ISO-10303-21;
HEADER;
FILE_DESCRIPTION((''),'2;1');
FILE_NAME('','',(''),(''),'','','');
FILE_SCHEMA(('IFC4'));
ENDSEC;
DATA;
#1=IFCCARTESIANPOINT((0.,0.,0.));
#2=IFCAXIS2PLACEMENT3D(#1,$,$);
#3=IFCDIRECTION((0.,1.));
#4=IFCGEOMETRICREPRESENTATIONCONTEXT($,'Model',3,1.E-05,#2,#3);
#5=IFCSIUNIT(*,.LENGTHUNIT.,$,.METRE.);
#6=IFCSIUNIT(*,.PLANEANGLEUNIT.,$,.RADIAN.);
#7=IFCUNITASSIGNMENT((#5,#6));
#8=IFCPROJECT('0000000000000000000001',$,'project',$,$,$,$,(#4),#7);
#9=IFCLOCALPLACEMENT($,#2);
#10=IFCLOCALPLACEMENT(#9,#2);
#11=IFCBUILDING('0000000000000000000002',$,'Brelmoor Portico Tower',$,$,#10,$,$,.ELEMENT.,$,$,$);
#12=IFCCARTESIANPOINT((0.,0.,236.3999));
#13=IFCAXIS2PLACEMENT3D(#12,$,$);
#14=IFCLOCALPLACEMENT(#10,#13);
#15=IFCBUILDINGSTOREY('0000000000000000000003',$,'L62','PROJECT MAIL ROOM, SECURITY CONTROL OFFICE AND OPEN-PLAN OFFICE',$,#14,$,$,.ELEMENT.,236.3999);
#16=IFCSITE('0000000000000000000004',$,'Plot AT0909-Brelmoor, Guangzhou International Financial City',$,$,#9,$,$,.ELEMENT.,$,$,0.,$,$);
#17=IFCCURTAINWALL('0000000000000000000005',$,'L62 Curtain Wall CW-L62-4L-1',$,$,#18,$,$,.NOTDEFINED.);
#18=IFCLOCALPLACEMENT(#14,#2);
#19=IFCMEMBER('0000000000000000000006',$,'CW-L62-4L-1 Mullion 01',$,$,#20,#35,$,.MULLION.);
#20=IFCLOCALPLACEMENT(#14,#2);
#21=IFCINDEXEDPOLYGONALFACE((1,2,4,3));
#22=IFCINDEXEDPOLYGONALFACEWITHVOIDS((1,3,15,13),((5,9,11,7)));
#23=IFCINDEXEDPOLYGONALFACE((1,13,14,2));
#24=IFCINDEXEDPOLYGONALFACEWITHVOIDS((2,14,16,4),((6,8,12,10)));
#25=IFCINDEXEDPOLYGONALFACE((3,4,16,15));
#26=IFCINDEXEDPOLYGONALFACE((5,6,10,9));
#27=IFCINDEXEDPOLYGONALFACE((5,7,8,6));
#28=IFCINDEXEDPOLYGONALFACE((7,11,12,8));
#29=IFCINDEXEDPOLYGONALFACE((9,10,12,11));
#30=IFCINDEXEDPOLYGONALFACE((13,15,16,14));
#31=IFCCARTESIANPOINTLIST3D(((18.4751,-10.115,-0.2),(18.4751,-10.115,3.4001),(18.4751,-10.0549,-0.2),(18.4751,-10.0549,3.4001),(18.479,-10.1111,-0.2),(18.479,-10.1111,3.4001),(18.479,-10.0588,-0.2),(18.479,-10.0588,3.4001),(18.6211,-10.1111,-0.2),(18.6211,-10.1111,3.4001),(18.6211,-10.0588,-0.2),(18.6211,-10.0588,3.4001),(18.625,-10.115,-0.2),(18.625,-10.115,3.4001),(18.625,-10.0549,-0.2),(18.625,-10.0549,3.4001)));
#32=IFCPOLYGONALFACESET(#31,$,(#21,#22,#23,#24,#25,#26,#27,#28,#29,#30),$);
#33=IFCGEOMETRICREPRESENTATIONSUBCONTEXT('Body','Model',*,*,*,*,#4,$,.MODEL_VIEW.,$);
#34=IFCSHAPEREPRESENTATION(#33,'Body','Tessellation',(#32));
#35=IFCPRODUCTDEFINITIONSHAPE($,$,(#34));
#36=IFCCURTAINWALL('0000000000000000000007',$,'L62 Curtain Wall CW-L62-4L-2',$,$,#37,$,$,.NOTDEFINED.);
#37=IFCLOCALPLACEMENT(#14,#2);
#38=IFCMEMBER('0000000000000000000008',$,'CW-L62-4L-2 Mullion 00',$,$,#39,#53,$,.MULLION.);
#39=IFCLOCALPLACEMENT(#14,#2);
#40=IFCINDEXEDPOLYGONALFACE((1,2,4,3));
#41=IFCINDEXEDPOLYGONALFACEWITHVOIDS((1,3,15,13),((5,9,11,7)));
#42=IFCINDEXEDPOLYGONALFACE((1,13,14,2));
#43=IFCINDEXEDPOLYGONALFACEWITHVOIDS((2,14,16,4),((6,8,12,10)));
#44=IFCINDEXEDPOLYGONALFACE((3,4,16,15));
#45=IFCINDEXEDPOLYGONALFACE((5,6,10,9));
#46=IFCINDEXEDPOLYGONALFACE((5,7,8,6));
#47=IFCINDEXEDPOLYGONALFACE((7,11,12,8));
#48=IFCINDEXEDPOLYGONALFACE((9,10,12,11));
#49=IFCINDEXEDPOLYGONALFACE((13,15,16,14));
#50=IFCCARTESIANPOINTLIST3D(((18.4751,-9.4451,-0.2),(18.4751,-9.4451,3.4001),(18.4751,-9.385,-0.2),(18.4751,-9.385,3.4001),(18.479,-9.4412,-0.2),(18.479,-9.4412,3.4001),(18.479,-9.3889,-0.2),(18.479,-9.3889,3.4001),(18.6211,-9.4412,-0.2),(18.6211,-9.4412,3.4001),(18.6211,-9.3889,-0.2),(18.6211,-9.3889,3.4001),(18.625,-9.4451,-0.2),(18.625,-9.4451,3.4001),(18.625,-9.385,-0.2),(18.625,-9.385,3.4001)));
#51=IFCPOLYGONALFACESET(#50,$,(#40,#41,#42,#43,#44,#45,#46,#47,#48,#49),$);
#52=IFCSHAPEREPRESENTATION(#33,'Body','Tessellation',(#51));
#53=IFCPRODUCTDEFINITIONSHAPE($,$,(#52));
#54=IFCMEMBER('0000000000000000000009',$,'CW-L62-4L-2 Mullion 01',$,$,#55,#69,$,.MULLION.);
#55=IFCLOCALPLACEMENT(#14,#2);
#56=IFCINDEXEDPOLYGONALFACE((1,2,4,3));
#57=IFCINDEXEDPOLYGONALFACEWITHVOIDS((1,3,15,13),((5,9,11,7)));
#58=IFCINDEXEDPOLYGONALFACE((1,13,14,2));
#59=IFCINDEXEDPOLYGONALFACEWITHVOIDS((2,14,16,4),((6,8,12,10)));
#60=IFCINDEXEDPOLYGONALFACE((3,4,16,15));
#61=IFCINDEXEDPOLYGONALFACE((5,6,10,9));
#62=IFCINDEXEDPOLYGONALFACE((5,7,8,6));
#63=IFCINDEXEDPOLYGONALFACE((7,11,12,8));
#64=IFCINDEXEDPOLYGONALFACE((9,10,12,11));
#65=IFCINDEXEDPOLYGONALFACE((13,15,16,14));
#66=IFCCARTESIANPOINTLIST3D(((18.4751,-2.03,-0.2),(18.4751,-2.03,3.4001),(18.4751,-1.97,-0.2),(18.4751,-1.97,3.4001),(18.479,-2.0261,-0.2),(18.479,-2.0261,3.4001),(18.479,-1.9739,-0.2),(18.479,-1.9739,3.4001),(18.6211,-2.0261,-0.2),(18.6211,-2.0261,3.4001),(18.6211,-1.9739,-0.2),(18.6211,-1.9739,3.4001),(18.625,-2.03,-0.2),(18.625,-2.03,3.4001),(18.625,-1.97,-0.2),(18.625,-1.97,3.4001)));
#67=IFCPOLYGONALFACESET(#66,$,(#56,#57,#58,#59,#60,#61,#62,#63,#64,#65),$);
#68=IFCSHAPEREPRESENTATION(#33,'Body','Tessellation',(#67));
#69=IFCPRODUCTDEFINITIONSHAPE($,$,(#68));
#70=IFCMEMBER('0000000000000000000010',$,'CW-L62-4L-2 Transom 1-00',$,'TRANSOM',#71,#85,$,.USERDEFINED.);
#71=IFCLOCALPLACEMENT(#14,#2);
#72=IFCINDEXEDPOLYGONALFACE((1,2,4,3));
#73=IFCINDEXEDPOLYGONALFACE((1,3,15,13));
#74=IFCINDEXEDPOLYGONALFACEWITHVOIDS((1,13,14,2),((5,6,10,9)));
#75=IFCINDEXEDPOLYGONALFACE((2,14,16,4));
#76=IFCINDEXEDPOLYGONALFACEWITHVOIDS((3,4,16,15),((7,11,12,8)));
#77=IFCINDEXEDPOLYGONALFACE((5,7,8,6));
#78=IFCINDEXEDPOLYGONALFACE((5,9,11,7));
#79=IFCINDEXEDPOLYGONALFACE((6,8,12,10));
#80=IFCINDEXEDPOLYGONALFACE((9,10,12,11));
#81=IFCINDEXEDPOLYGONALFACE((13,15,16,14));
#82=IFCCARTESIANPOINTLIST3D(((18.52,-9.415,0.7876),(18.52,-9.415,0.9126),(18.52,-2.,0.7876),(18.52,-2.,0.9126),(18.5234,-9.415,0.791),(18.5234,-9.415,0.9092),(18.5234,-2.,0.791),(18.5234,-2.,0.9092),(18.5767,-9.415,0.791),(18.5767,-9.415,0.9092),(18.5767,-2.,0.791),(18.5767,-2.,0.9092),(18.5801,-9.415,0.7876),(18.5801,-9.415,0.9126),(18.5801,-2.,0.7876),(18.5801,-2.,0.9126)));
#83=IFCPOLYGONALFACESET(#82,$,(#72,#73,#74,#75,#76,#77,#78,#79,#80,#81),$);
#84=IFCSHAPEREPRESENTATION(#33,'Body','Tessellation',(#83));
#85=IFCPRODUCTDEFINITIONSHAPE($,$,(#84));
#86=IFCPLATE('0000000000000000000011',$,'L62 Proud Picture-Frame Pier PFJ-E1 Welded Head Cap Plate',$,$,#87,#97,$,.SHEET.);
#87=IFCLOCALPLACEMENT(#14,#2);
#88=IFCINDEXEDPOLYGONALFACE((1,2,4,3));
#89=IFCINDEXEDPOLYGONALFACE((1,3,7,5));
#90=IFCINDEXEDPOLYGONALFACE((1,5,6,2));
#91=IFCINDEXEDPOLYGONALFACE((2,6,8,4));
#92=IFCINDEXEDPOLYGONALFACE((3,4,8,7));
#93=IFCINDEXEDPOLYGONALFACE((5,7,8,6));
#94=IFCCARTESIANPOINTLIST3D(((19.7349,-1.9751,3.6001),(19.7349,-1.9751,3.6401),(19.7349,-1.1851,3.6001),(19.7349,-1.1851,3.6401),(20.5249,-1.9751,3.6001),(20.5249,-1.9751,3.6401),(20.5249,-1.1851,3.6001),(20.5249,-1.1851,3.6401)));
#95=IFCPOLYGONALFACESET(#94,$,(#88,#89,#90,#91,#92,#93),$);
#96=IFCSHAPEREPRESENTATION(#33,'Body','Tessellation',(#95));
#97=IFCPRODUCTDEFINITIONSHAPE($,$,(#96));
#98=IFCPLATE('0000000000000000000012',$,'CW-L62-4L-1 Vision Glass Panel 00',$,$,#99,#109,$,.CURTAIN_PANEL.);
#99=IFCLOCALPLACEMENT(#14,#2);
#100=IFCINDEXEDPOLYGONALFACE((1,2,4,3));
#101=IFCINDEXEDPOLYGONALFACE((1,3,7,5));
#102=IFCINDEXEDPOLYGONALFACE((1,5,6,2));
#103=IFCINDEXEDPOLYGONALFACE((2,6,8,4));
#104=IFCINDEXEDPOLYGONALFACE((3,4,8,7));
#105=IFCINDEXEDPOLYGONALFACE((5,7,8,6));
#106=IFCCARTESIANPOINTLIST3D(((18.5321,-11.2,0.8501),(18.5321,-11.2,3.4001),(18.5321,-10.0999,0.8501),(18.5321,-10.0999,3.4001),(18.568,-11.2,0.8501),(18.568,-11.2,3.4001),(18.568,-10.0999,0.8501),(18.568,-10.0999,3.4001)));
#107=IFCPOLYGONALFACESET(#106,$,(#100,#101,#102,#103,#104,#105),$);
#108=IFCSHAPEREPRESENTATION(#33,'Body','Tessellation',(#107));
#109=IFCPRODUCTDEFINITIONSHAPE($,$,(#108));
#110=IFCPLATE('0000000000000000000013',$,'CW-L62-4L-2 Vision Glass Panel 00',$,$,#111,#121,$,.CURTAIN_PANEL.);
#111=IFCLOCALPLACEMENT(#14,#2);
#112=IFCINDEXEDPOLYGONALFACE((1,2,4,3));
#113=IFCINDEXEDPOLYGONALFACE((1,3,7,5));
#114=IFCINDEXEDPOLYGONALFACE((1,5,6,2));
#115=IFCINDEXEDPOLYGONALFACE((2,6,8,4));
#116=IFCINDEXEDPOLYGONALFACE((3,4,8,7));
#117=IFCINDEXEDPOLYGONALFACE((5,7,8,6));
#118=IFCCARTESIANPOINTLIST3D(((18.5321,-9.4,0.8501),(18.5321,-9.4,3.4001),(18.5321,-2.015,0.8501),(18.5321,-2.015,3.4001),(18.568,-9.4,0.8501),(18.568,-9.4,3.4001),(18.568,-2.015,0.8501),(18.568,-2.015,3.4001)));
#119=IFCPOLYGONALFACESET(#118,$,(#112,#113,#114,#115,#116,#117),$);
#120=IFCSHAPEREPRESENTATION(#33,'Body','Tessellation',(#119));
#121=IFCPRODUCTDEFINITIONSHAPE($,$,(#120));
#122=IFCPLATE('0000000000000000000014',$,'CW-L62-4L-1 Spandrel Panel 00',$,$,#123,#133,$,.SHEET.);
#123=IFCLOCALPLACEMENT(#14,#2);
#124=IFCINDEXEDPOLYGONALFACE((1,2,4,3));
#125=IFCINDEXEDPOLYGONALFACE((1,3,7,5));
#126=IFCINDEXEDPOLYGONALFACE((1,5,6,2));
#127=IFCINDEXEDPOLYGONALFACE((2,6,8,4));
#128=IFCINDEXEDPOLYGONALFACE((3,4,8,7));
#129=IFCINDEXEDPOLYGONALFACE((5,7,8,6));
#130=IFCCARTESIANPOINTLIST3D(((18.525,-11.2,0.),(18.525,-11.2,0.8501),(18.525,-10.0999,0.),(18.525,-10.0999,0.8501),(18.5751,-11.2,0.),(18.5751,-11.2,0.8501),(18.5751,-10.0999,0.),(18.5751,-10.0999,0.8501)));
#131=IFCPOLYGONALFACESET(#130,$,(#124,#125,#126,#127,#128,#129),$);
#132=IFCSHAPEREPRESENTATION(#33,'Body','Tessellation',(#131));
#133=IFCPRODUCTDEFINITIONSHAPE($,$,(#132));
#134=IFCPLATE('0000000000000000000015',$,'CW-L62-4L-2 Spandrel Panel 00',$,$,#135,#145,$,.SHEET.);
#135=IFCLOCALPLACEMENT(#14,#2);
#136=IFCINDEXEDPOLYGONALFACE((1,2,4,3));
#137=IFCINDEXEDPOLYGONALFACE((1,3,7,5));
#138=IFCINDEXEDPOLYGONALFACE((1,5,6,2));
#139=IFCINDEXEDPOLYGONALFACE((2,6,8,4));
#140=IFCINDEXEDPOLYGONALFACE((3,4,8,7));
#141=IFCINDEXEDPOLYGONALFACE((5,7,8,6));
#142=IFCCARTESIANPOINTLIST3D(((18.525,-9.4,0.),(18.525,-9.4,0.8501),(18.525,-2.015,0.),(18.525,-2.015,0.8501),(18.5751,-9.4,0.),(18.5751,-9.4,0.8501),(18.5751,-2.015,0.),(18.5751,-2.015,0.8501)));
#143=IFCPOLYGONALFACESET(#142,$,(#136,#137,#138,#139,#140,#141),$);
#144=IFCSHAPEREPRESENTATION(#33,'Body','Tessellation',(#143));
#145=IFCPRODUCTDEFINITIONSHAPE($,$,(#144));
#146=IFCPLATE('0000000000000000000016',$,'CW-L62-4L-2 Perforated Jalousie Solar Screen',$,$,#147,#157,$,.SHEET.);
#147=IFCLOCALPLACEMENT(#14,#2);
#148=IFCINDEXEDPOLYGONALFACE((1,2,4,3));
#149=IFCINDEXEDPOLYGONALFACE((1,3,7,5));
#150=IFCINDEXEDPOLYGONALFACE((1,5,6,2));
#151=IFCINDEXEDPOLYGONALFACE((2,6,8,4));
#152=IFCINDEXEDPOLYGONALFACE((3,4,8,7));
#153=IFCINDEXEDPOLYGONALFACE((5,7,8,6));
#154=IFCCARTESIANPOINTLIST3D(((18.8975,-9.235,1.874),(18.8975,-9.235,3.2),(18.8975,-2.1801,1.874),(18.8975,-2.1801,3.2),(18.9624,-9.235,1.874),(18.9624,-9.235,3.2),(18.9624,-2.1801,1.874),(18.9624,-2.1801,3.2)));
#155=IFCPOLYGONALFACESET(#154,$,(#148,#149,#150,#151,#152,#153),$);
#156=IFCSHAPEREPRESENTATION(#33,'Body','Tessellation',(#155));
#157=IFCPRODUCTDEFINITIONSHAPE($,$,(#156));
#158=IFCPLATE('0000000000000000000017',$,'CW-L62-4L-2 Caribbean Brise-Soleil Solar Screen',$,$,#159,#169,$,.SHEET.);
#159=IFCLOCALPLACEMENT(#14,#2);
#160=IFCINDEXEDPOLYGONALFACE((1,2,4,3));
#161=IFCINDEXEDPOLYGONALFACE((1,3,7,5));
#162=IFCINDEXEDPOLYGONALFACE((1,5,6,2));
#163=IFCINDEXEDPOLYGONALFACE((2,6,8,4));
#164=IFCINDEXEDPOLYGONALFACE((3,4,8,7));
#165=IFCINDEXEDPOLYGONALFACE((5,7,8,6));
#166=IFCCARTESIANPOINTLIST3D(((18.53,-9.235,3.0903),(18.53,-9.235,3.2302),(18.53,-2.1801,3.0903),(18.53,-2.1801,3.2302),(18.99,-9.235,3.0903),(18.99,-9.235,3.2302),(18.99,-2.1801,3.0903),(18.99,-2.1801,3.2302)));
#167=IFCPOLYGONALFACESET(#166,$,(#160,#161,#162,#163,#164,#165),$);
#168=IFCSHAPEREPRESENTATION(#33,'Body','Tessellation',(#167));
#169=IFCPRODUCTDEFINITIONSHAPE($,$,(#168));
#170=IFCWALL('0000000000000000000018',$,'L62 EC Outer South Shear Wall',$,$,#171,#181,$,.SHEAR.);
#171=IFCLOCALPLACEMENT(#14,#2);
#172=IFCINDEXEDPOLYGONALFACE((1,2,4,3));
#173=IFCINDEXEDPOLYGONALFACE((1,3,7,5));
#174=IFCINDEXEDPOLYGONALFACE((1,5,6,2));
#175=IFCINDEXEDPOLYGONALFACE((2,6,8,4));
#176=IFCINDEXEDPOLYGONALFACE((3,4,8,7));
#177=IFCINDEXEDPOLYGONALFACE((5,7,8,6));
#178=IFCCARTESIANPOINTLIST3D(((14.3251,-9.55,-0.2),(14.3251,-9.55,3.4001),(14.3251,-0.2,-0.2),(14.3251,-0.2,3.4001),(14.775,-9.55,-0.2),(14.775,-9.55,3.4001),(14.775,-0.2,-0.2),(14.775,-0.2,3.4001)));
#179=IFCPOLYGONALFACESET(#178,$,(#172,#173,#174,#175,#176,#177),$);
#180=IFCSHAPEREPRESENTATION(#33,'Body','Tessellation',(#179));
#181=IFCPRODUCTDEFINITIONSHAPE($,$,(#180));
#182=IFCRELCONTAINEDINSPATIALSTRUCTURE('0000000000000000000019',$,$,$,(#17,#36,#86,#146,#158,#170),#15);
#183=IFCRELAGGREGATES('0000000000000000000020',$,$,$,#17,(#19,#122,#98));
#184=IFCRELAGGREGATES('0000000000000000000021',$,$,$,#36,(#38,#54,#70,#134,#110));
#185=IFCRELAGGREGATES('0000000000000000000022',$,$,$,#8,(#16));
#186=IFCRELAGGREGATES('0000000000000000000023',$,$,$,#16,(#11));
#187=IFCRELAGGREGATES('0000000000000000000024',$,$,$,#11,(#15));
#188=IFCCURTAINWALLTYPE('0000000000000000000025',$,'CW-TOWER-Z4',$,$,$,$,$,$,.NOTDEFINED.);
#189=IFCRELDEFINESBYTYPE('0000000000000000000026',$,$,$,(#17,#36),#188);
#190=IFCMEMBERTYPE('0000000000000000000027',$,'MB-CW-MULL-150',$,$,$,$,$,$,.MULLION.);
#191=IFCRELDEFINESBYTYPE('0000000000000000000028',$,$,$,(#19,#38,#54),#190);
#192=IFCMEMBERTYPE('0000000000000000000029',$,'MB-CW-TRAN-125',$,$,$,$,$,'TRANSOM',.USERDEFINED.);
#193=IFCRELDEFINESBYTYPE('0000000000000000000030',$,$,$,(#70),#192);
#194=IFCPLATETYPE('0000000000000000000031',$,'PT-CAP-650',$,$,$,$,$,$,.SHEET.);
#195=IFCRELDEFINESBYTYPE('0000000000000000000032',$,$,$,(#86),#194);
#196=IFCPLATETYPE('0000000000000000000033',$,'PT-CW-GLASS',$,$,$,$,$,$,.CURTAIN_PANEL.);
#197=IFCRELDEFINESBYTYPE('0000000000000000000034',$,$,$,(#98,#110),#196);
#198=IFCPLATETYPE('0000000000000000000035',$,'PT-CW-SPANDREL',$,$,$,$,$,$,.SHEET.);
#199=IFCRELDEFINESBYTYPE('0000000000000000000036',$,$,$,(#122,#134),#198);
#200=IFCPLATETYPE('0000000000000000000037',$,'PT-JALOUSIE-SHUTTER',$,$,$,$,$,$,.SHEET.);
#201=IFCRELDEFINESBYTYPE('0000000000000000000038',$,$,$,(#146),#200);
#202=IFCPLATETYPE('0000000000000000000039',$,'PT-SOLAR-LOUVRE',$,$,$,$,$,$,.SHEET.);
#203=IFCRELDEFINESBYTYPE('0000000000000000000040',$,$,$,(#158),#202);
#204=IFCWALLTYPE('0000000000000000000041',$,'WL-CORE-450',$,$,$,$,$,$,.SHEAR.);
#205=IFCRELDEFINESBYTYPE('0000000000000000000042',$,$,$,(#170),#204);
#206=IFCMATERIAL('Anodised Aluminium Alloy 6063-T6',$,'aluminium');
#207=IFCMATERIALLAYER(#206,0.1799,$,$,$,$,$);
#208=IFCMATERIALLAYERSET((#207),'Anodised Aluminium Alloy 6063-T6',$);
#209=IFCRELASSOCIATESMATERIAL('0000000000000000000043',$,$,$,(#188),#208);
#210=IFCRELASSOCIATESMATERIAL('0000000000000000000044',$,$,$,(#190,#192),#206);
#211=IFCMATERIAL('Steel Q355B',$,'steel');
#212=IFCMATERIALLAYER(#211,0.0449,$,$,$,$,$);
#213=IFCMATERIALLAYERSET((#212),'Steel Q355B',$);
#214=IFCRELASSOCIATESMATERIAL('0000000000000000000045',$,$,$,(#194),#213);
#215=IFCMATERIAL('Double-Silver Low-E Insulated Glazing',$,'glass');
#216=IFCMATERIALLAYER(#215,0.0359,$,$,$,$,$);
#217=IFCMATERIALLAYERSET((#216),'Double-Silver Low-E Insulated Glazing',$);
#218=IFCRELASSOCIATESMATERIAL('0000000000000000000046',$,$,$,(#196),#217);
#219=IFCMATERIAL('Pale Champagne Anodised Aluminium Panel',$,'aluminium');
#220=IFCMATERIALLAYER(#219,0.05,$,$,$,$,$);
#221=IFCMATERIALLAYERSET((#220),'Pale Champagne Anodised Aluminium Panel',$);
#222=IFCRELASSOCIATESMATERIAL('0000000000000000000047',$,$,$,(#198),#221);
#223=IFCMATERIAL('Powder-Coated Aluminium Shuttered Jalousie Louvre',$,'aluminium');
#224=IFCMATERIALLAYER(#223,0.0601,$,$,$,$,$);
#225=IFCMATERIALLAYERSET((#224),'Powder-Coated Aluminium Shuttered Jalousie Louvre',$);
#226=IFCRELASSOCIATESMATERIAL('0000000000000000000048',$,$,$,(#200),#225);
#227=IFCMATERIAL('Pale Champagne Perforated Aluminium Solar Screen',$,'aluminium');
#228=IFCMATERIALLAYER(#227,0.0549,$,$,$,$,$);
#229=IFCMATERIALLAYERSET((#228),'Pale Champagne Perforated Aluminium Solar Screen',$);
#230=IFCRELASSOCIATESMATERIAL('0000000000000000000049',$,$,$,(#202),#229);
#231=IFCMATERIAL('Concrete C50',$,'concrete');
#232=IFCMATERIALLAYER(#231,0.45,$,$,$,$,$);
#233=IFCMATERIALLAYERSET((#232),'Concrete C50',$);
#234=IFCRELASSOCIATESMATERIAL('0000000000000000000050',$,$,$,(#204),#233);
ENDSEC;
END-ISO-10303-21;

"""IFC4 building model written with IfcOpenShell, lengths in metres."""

from ifc_helpers import new_model, si_unit, direction, frame, frame_2d, origin, origin_2d, place, context, subcontext, project, spatial, rectangle, hollow_rectangle, extrude, material, layer, layer_set, material_profile, profile_set, type_object, element, aggregate, save


model = new_model("IFC4")

# Units and contexts
model_context = context("Model", 3, precision=1e-05, world=origin(), true_north=direction((0.0, 1.0)))
body_context = subcontext(model_context, "Body", "Model", "MODEL_VIEW")
ifc_project = project(units=[si_unit("LENGTHUNIT", "METRE"), si_unit("PLANEANGLEUNIT", "RADIAN")], contexts=[model_context])

# Site, building, storey
site_placement = place(None, origin())
site = spatial("IfcSite", under=ifc_project, at=site_placement, Name="Plot AT0909-Brelmoor, Guangzhou International Financial City", CompositionType="ELEMENT", RefElevation=0.0)
building_placement = place(site_placement, origin())
building = spatial("IfcBuilding", under=site, at=building_placement, Name="Brelmoor Portico Tower", CompositionType="ELEMENT")
storey_placement = place(building_placement, frame((0.0, 0.0, 236.3999)))
storey = spatial("IfcBuildingStorey", under=building, at=storey_placement, Name="L62", Description="PROJECT MAIL ROOM, SECURITY CONTROL OFFICE AND OPEN-PLAN OFFICE", CompositionType="ELEMENT", Elevation=236.3999)

# Shared definitions
ifc_material_1 = material(Name="Steel Q355B", Category="steel")

# Curtain wall, member
ifc_material_2 = material(Name="Anodised Aluminium Alloy 6063-T6", Category="aluminium")
ifc_layer_1 = layer(ifc_material_2, 0.1799)
ifc_layer_set_1 = layer_set([ifc_layer_1], Name="Anodised Aluminium Alloy 6063-T6")
curtain_wall_type = type_object("IfcCurtainWallType", Name="CW-TOWER-Z4", PredefinedType="NOTDEFINED", material=ifc_layer_set_1)
curtain_wall_1_placement = place(storey_placement, origin())
curtain_wall_1 = element("IfcCurtainWall", 1, at=curtain_wall_1_placement, inside=storey, type_object=curtain_wall_type, Name="L62 Curtain Wall CW-L62-4L-1", PredefinedType="NOTDEFINED")
ifc_material_profile_1 = material_profile(ifc_material_2, hollow_rectangle(XDim=0.0601, YDim=0.1499, WallThickness=0.0039, at=origin_2d()), Name="ALU MULLION 60x150")
ifc_profile_set_1 = profile_set([ifc_material_profile_1], Name="Anodised Aluminium Alloy 6063-T6")
member_type_1 = type_object("IfcMemberType", Name="MB-CW-MULL-150", PredefinedType="MULLION", material=ifc_profile_set_1)
member_1_placement = place(storey_placement, frame((18.55, -10.085, -0.2), z_axis=(0.0, 0.0, 1.0), x_axis=(0.0, 1.0, 0.0)))
member_1 = element("IfcMember", 2, at=member_1_placement, type_object=member_type_1, Name="CW-L62-4L-1 Mullion 01", PredefinedType="MULLION", context=body_context, shape_type="SweptSolid", body=[
    extrude(hollow_rectangle(XDim=0.0601, YDim=0.1499, WallThickness=0.0039, at=origin_2d()), origin(), (0.0, 0.0, 1.0), 3.6001),
])

# Curtain wall, members
curtain_wall_2_placement = place(storey_placement, origin())
curtain_wall_2 = element("IfcCurtainWall", 3, at=curtain_wall_2_placement, inside=storey, type_object=curtain_wall_type, Name="L62 Curtain Wall CW-L62-4L-2", PredefinedType="NOTDEFINED")
member_2_placement = place(storey_placement, frame((18.55, -9.415, -0.2), z_axis=(0.0, 0.0, 1.0), x_axis=(0.0, 1.0, 0.0)))
member_2 = element("IfcMember", 4, at=member_2_placement, type_object=member_type_1, Name="CW-L62-4L-2 Mullion 00", PredefinedType="MULLION", context=body_context, shape_type="SweptSolid", body=[
    extrude(hollow_rectangle(XDim=0.0601, YDim=0.1499, WallThickness=0.0039, at=origin_2d()), origin(), (0.0, 0.0, 1.0), 3.6001),
])
member_3_placement = place(storey_placement, frame((18.55, -2.0, -0.2), z_axis=(0.0, 0.0, 1.0), x_axis=(0.0, 1.0, 0.0)))
member_3 = element("IfcMember", 5, at=member_3_placement, type_object=member_type_1, Name="CW-L62-4L-2 Mullion 01", PredefinedType="MULLION", context=body_context, shape_type="SweptSolid", body=[
    extrude(hollow_rectangle(XDim=0.0601, YDim=0.1499, WallThickness=0.0039, at=origin_2d()), origin(), (0.0, 0.0, 1.0), 3.6001),
])
ifc_material_profile_2 = material_profile(ifc_material_2, hollow_rectangle(XDim=0.0601, YDim=0.125, WallThickness=0.0034, at=origin_2d()), Name="ALU TRANSOM 60x125")
ifc_profile_set_2 = profile_set([ifc_material_profile_2], Name="Anodised Aluminium Alloy 6063-T6")
member_type_2 = type_object("IfcMemberType", Name="MB-CW-TRAN-125", ElementType="TRANSOM", PredefinedType="USERDEFINED", material=ifc_profile_set_2)
member_4_placement = place(storey_placement, frame((18.55, -9.415, 0.8501), z_axis=(0.0, 1.0, 0.0), x_axis=(-1.0, 0.0, 0.0)))
member_4 = element("IfcMember", 6, at=member_4_placement, type_object=member_type_2, Name="CW-L62-4L-2 Transom 1-00", ObjectType="TRANSOM", PredefinedType="USERDEFINED", context=body_context, shape_type="SweptSolid", body=[
    extrude(hollow_rectangle(XDim=0.0601, YDim=0.125, WallThickness=0.0034, at=origin_2d()), origin(), (0.0, 0.0, 1.0), 7.415),
])

# Plates
ifc_layer_2 = layer(ifc_material_1, 0.0449)
ifc_layer_set_2 = layer_set([ifc_layer_2], Name="Steel Q355B")
plate_type_1 = type_object("IfcPlateType", Name="PT-CAP-650", PredefinedType="SHEET", material=ifc_layer_set_2)
plate_1_placement = place(storey_placement, frame((20.1299, -1.5801, 3.6001), z_axis=(0.0, 0.0, 1.0), x_axis=(0.0, 1.0, 0.0)))
element("IfcPlate", 7, at=plate_1_placement, inside=storey, type_object=plate_type_1, Name="L62 Proud Picture-Frame Pier PFJ-E1 Welded Head Cap Plate", PredefinedType="SHEET", context=body_context, shape_type="SweptSolid", body=[
    extrude(rectangle(XDim=0.79, YDim=0.79, at=origin_2d()), origin(), (0.0, 0.0, 1.0), 0.04),
])
ifc_material_3 = material(Name="Double-Silver Low-E Insulated Glazing", Category="glass")
ifc_layer_3 = layer(ifc_material_3, 0.0359)
ifc_layer_set_3 = layer_set([ifc_layer_3], Name="Double-Silver Low-E Insulated Glazing")
plate_type_2 = type_object("IfcPlateType", Name="PT-CW-GLASS", PredefinedType="CURTAIN_PANEL", material=ifc_layer_set_3)
plate_2_placement = place(storey_placement, frame((18.55, -10.6499, 0.8501), z_axis=(0.0, 0.0, 1.0), x_axis=(0.0, 1.0, 0.0)))
plate_2 = element("IfcPlate", 8, at=plate_2_placement, type_object=plate_type_2, Name="CW-L62-4L-1 Vision Glass Panel 00", PredefinedType="CURTAIN_PANEL", context=body_context, shape_type="SweptSolid", body=[
    extrude(rectangle(XDim=1.1001, YDim=0.0359, at=origin_2d()), origin(), (0.0, 0.0, 1.0), 2.55),
])
plate_3_placement = place(storey_placement, frame((18.55, -5.7075, 0.8501), z_axis=(0.0, 0.0, 1.0), x_axis=(0.0, 1.0, 0.0)))
plate_3 = element("IfcPlate", 9, at=plate_3_placement, type_object=plate_type_2, Name="CW-L62-4L-2 Vision Glass Panel 00", PredefinedType="CURTAIN_PANEL", context=body_context, shape_type="SweptSolid", body=[
    extrude(rectangle(XDim=7.385, YDim=0.0359, at=origin_2d()), origin(), (0.0, 0.0, 1.0), 2.55),
])
ifc_material_4 = material(Name="Pale Champagne Anodised Aluminium Panel", Category="aluminium")
ifc_layer_4 = layer(ifc_material_4, 0.05)
ifc_layer_set_4 = layer_set([ifc_layer_4], Name="Pale Champagne Anodised Aluminium Panel")
plate_type_3 = type_object("IfcPlateType", Name="PT-CW-SPANDREL", PredefinedType="SHEET", material=ifc_layer_set_4)
plate_4_placement = place(storey_placement, frame((18.55, -10.6499, 0.0), z_axis=(0.0, 0.0, 1.0), x_axis=(0.0, 1.0, 0.0)))
plate_4 = element("IfcPlate", 10, at=plate_4_placement, type_object=plate_type_3, Name="CW-L62-4L-1 Spandrel Panel 00", PredefinedType="SHEET", context=body_context, shape_type="SweptSolid", body=[
    extrude(rectangle(XDim=1.1001, YDim=0.05, at=origin_2d()), origin(), (0.0, 0.0, 1.0), 0.8501),
])
aggregate(curtain_wall_1, [member_1, plate_4, plate_2])
plate_5_placement = place(storey_placement, frame((18.55, -5.7075, 0.0), z_axis=(0.0, 0.0, 1.0), x_axis=(0.0, 1.0, 0.0)))
plate_5 = element("IfcPlate", 11, at=plate_5_placement, type_object=plate_type_3, Name="CW-L62-4L-2 Spandrel Panel 00", PredefinedType="SHEET", context=body_context, shape_type="SweptSolid", body=[
    extrude(rectangle(XDim=7.385, YDim=0.05, at=origin_2d()), origin(), (0.0, 0.0, 1.0), 0.8501),
])
aggregate(curtain_wall_2, [member_2, member_3, member_4, plate_5, plate_3])

# Plates
ifc_material_5 = material(Name="Powder-Coated Aluminium Shuttered Jalousie Louvre", Category="aluminium")
ifc_layer_5 = layer(ifc_material_5, 0.0601)
ifc_layer_set_5 = layer_set([ifc_layer_5], Name="Powder-Coated Aluminium Shuttered Jalousie Louvre")
plate_type_4 = type_object("IfcPlateType", Name="PT-JALOUSIE-SHUTTER", PredefinedType="SHEET", material=ifc_layer_set_5)
plate_6_placement = place(storey_placement, frame((18.9299, -5.7075, 1.874), z_axis=(0.0, 0.0, 1.0), x_axis=(0.0, 1.0, 0.0)))
element("IfcPlate", 12, at=plate_6_placement, inside=storey, type_object=plate_type_4, Name="CW-L62-4L-2 Perforated Jalousie Solar Screen", PredefinedType="SHEET", context=body_context, shape_type="SweptSolid", body=[
    extrude(rectangle(XDim=7.0549, YDim=0.0649, at=origin_2d()), origin(), (0.0, 0.0, 1.0), 1.3259),
])
ifc_material_6 = material(Name="Pale Champagne Perforated Aluminium Solar Screen", Category="aluminium")
ifc_layer_6 = layer(ifc_material_6, 0.0549)
ifc_layer_set_6 = layer_set([ifc_layer_6], Name="Pale Champagne Perforated Aluminium Solar Screen")
plate_type_5 = type_object("IfcPlateType", Name="PT-SOLAR-LOUVRE", PredefinedType="SHEET", material=ifc_layer_set_6)
plate_7_placement = place(storey_placement, frame((18.76, -5.7075, 3.0903), z_axis=(0.0, 0.0, 1.0), x_axis=(0.0, 1.0, 0.0)))
element("IfcPlate", 13, at=plate_7_placement, inside=storey, type_object=plate_type_5, Name="CW-L62-4L-2 Caribbean Brise-Soleil Solar Screen", PredefinedType="SHEET", context=body_context, shape_type="SweptSolid", body=[
    extrude(rectangle(XDim=7.0549, YDim=0.46, at=origin_2d()), origin(), (0.0, 0.0, 1.0), 0.1399),
])

# Wall
ifc_material_7 = material(Name="Concrete C50", Category="concrete")
ifc_layer_7 = layer(ifc_material_7, 0.45)
ifc_layer_set_7 = layer_set([ifc_layer_7], Name="Concrete C50")
wall_type_1 = type_object("IfcWallType", Name="WL-CORE-450", PredefinedType="SHEAR", material=ifc_layer_set_7)
wall_1_placement = place(storey_placement, frame((14.55, -9.55, -0.2), z_axis=(0.0, 0.0, 1.0), x_axis=(0.0, 1.0, 0.0)))
element("IfcWall", 14, at=wall_1_placement, inside=storey, type_object=wall_type_1, Name="L62 EC Outer South Shear Wall", PredefinedType="SHEAR", context=body_context, shape_type="SweptSolid", body=[
    extrude(rectangle(XDim=9.3501, YDim=0.45, at=frame_2d((4.675, 0.0))), origin(), (0.0, 0.0, 1.0), 3.6001),
])

save(model, "model.ifc")
